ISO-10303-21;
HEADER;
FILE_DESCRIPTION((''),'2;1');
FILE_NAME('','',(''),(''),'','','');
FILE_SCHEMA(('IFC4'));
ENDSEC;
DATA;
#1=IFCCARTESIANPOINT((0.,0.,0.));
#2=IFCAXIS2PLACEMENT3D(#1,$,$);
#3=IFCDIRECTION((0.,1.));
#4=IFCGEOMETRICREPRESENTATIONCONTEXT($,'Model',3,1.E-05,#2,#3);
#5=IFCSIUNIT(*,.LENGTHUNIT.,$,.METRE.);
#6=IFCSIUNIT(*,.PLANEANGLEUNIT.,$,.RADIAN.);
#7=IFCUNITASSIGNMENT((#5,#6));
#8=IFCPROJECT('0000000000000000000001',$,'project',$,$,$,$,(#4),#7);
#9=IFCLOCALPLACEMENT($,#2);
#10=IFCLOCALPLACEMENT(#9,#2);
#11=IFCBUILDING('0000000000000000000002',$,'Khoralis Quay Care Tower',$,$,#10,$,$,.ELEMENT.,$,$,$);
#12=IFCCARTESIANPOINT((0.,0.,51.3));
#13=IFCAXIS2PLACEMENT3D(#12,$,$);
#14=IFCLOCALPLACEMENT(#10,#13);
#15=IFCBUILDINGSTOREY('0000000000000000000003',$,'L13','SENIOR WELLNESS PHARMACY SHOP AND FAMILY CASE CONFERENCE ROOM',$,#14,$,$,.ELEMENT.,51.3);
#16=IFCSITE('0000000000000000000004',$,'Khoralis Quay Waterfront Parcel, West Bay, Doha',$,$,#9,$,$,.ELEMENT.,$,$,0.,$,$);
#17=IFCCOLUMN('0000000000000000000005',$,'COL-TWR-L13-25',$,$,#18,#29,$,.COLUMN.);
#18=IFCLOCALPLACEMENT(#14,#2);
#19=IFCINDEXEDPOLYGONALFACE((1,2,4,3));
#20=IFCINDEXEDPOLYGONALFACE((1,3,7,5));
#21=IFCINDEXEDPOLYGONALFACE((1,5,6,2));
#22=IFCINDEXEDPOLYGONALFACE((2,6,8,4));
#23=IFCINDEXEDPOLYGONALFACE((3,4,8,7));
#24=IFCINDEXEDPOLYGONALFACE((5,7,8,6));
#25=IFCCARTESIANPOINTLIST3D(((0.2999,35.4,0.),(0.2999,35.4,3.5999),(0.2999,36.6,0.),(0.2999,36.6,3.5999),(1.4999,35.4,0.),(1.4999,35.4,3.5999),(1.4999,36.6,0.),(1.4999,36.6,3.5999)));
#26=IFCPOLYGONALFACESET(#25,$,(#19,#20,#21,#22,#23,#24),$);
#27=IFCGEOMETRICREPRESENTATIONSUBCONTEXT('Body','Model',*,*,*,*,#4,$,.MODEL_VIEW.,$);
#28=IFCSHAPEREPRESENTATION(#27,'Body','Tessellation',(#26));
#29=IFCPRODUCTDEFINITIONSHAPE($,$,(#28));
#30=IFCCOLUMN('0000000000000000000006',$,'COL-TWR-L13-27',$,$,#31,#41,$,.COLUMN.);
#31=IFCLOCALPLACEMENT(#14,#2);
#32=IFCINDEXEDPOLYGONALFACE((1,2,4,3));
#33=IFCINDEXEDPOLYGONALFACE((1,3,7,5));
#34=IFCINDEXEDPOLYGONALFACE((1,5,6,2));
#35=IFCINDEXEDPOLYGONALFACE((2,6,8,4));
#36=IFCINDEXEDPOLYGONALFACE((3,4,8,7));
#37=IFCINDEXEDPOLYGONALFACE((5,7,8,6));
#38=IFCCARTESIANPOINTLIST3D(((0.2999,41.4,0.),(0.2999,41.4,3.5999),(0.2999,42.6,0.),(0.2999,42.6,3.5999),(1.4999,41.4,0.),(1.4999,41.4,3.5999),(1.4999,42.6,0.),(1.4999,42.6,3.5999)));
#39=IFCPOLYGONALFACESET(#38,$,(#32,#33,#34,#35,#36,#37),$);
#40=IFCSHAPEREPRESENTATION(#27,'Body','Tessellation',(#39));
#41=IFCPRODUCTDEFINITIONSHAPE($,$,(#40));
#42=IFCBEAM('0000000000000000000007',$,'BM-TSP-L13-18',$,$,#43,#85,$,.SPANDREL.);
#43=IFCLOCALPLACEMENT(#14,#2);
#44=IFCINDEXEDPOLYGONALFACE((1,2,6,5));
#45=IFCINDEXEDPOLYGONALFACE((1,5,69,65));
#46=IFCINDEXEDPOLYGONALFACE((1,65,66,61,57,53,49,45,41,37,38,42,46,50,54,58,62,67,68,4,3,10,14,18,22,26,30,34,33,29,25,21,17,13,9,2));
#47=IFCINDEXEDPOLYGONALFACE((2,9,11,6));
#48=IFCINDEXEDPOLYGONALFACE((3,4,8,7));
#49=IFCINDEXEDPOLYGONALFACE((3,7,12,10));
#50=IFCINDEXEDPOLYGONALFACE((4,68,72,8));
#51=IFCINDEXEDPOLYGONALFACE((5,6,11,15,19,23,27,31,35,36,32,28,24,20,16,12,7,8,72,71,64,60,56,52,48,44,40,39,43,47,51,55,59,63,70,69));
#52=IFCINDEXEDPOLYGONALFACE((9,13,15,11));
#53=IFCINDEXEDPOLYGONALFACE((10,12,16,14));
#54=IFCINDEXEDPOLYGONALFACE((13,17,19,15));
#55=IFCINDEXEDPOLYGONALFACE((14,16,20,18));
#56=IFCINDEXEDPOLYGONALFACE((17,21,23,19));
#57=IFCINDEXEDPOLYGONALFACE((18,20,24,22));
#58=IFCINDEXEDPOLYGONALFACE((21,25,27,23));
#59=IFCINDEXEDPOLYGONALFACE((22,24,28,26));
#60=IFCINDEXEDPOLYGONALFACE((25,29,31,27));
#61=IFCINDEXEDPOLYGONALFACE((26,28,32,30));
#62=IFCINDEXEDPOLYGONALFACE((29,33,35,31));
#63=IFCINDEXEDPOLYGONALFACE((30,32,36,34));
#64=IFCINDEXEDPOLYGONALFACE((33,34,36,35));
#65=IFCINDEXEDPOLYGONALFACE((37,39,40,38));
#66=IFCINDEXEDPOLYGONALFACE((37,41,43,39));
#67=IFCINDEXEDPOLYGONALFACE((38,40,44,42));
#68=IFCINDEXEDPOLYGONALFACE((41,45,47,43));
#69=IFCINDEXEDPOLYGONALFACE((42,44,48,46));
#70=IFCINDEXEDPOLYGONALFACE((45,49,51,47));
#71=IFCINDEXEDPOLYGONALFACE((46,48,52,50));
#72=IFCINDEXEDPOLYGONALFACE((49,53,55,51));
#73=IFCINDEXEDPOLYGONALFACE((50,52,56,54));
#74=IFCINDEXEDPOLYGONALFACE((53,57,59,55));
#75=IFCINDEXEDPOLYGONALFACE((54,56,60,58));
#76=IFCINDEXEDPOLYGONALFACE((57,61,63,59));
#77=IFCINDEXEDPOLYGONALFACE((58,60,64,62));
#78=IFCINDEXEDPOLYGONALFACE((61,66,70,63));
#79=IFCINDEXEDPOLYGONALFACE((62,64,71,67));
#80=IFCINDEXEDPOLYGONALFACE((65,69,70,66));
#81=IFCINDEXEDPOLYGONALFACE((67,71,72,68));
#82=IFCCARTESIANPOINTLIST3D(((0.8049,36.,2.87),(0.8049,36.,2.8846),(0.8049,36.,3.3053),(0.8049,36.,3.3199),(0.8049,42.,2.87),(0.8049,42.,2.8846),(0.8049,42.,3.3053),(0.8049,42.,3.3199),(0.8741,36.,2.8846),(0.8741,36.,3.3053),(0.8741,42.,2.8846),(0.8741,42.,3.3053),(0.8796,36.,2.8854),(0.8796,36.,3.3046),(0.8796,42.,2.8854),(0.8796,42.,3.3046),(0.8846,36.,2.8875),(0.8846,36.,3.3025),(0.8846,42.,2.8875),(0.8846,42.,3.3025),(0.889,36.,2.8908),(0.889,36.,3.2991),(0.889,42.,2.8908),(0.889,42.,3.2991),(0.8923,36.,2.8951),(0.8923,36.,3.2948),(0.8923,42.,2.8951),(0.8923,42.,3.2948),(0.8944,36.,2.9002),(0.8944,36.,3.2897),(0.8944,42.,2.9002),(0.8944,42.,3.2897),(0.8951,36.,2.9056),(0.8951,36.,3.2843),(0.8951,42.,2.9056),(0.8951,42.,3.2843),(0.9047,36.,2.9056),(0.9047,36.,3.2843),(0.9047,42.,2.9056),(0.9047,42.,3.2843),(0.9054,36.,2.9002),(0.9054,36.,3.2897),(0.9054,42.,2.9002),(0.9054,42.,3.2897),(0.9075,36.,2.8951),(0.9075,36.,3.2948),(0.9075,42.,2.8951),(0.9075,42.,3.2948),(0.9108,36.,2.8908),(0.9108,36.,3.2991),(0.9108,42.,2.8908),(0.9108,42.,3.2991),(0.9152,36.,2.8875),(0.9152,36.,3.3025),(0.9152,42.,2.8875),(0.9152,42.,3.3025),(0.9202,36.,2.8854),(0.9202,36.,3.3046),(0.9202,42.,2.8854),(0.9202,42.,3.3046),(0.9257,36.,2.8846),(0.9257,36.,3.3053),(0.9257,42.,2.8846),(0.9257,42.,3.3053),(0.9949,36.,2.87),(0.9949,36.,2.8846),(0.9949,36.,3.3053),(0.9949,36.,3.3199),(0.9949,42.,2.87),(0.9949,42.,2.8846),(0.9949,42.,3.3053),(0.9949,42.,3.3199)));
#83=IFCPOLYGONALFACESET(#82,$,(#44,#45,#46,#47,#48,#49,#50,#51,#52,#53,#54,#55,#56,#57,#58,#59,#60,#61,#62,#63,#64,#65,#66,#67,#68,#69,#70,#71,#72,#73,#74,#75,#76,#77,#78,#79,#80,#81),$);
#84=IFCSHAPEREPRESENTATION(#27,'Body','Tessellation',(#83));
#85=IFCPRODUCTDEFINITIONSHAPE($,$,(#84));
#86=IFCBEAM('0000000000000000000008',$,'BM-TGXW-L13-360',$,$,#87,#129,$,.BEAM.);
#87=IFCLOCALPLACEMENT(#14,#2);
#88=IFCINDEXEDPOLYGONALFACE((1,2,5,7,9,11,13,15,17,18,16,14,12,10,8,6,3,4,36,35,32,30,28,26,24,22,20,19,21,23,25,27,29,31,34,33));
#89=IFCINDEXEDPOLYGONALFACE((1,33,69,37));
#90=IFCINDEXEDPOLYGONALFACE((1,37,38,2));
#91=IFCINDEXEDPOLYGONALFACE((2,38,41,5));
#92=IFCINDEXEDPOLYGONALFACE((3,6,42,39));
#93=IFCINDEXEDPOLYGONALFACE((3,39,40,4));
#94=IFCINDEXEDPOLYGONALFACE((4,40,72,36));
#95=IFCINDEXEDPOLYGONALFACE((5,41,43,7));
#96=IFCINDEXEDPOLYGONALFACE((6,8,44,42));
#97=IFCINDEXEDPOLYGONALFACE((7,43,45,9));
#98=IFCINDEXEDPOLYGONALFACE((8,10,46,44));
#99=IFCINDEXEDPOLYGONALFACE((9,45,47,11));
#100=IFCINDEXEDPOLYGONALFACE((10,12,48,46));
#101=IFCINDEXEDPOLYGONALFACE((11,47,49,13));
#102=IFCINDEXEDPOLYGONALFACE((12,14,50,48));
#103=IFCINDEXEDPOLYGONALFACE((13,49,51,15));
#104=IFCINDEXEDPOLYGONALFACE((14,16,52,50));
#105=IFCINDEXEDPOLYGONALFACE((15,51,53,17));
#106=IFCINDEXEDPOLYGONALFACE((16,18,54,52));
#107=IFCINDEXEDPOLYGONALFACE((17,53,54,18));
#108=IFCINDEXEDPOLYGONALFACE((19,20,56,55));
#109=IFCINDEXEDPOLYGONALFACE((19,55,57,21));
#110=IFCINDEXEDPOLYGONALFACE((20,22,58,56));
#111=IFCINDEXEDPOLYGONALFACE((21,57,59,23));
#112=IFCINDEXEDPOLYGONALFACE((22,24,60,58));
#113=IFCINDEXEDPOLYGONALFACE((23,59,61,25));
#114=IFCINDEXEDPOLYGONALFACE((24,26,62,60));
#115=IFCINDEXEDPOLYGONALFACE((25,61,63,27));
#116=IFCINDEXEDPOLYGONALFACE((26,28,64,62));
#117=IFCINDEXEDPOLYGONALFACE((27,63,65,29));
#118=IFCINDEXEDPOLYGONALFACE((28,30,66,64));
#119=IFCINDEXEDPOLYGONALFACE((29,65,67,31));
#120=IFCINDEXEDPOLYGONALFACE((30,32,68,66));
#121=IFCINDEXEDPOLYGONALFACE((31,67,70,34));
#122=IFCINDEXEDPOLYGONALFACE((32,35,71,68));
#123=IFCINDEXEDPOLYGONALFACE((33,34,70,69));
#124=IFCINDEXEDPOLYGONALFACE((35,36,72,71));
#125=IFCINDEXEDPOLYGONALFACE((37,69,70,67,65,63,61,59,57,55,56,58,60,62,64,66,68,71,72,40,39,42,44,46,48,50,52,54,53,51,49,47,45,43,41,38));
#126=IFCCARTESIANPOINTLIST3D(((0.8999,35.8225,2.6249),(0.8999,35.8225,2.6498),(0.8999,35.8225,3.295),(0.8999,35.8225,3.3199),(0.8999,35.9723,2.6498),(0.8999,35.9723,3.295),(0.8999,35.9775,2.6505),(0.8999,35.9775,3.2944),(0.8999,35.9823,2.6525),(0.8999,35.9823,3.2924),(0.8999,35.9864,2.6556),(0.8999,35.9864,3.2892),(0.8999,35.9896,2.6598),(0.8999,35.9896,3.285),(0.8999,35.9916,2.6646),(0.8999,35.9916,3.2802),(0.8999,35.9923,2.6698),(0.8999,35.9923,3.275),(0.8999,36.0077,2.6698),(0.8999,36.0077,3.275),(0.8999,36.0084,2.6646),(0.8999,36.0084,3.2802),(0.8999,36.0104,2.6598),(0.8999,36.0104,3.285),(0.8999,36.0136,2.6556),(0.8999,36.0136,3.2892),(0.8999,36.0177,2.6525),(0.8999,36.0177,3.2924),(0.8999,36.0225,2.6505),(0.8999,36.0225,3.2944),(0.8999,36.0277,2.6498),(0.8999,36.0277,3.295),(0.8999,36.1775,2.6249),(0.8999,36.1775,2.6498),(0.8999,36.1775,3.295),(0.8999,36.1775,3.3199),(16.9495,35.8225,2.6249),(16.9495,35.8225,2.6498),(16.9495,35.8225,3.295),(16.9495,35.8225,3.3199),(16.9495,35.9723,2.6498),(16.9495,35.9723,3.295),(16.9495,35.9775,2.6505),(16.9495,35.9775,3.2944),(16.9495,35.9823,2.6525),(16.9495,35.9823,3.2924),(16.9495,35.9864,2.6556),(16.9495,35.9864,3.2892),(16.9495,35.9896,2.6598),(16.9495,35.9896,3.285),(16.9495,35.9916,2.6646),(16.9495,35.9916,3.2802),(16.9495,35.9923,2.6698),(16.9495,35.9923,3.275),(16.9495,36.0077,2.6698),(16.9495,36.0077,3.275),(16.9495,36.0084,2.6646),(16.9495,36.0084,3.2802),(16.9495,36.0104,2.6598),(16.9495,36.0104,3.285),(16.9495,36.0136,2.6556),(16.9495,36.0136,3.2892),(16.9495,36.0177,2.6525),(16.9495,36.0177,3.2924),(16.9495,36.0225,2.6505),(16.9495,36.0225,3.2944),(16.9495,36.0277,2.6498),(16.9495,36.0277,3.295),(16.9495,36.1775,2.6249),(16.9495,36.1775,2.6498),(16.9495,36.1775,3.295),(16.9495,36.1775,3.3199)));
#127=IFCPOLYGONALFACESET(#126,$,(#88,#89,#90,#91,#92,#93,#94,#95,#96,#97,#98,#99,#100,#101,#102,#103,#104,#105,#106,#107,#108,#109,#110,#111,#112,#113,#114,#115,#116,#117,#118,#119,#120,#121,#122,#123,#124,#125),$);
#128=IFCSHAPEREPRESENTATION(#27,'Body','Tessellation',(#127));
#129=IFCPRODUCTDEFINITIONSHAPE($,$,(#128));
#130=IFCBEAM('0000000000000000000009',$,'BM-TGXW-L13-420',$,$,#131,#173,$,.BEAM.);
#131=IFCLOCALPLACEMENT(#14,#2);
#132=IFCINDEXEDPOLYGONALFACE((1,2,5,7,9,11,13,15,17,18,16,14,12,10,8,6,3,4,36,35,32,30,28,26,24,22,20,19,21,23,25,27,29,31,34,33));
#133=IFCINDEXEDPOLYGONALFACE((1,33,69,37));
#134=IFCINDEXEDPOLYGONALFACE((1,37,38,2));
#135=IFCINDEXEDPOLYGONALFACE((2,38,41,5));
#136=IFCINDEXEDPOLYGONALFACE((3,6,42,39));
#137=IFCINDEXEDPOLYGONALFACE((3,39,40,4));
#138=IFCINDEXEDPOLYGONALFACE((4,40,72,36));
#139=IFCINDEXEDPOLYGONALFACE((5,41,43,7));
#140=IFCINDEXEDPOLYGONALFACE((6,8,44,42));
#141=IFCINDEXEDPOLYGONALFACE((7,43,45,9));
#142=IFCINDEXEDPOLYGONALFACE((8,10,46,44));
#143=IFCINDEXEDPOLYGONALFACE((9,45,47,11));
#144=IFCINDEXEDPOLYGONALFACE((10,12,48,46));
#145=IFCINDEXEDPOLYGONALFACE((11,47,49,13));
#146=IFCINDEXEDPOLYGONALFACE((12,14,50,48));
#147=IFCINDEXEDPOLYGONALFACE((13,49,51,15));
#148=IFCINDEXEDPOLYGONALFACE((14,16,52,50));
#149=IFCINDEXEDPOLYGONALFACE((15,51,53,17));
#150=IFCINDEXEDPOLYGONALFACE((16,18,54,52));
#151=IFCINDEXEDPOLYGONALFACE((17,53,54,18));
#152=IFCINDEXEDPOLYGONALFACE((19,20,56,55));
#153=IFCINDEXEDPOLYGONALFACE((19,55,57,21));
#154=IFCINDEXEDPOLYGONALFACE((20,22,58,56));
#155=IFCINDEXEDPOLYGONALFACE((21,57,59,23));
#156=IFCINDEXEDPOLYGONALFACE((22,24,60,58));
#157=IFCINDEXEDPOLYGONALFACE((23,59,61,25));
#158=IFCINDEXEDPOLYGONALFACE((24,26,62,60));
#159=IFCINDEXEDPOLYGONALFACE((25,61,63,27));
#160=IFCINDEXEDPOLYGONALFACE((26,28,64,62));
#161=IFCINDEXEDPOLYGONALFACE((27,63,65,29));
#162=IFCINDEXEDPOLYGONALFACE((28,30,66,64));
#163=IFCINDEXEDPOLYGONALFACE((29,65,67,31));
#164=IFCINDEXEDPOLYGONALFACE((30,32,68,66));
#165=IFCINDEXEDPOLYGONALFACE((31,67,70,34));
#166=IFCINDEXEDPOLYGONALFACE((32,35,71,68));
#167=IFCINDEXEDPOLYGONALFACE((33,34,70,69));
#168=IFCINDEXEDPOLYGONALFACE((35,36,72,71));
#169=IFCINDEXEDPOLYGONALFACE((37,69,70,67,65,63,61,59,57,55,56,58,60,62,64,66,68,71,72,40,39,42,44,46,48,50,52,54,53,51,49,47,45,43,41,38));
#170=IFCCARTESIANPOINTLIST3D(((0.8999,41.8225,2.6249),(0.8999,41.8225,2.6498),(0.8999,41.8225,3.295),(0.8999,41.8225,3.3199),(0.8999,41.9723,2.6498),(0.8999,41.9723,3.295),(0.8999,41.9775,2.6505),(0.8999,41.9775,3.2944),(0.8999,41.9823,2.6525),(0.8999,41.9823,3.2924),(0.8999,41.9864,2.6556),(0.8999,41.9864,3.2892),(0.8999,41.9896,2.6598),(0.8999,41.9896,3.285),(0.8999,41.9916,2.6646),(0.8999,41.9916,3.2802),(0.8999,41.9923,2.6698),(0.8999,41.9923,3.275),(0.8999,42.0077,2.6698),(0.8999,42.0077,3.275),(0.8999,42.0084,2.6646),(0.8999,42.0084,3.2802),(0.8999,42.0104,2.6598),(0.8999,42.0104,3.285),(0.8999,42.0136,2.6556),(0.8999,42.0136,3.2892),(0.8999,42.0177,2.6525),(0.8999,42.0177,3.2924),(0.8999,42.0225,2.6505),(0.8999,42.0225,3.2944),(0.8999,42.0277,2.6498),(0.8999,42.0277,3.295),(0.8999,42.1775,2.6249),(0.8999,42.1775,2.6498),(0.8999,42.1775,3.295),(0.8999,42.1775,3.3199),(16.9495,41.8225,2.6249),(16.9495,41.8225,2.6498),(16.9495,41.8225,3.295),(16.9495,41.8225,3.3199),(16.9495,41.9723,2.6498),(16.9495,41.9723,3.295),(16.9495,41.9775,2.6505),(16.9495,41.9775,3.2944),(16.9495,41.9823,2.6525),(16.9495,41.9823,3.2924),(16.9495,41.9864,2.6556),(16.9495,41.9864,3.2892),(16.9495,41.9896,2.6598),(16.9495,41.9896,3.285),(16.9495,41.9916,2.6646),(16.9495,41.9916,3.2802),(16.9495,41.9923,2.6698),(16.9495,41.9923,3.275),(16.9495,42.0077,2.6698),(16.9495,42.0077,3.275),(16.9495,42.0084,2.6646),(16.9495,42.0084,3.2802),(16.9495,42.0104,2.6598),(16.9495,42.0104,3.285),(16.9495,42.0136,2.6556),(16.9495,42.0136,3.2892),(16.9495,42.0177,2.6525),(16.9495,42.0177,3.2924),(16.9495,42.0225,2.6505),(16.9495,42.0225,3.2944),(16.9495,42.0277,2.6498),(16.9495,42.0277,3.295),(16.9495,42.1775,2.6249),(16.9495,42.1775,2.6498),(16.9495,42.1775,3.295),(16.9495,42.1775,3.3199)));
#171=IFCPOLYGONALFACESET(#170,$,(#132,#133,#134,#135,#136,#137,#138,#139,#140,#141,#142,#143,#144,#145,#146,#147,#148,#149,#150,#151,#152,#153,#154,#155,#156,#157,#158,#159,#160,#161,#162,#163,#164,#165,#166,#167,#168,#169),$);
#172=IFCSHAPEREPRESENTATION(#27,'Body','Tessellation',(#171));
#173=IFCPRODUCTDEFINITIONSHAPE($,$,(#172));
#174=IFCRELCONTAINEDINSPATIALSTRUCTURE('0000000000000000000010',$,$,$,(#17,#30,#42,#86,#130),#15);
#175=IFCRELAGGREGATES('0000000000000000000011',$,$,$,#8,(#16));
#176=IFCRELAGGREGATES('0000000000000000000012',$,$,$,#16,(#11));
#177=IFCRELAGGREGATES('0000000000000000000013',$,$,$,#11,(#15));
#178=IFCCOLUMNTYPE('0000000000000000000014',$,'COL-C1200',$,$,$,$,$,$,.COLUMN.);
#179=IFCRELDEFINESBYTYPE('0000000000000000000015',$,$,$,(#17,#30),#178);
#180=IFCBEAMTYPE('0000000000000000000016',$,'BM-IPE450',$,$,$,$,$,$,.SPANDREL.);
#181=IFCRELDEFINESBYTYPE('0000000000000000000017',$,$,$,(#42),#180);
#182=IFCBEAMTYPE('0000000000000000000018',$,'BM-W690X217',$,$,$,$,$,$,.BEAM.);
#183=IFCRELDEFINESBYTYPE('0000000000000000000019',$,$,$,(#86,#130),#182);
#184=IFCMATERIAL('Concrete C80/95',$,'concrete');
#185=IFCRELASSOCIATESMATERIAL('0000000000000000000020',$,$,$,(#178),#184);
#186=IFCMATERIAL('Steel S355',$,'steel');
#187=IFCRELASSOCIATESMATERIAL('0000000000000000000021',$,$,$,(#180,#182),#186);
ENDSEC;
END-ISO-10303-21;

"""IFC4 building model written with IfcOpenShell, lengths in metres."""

from ifc_helpers import new_model, si_unit, direction, frame, origin, origin_2d, place, context, subcontext, project, spatial, rectangle, i_section, extrude, source, transform, mapped, material, material_profile, profile_set, type_object, element, save


model = new_model("IFC4")

# Units and contexts
model_context = context("Model", 3, precision=1e-05, world=origin(), true_north=direction((0.0, 1.0)))
body_context = subcontext(model_context, "Body", "Model", "MODEL_VIEW")
ifc_project = project(units=[si_unit("LENGTHUNIT", "METRE"), si_unit("PLANEANGLEUNIT", "RADIAN")], contexts=[model_context])

# Site, building, storey
site_placement = place(None, origin())
site = spatial("IfcSite", under=ifc_project, at=site_placement, Name="Khoralis Quay Waterfront Parcel, West Bay, Doha", CompositionType="ELEMENT", RefElevation=0.0)
building_placement = place(site_placement, origin())
building = spatial("IfcBuilding", under=site, at=building_placement, Name="Khoralis Quay Care Tower", CompositionType="ELEMENT")
storey_placement = place(building_placement, frame((0.0, 0.0, 51.3)))
storey = spatial("IfcBuildingStorey", under=building, at=storey_placement, Name="L13", Description="SENIOR WELLNESS PHARMACY SHOP AND FAMILY CASE CONFERENCE ROOM", CompositionType="ELEMENT", Elevation=51.3)

# Columns
ifc_material_1 = material(Name="Concrete C80/95", Category="concrete")
ifc_material_profile_1 = material_profile(ifc_material_1, rectangle(XDim=1.2, YDim=1.2, at=origin_2d()), Name="Concrete C80/95")
ifc_profile_set_1 = profile_set([ifc_material_profile_1], Name="Concrete C80/95")
column_type = type_object("IfcColumnType", Name="COL-C1200", PredefinedType="COLUMN", material=ifc_profile_set_1)
shared_shape_1 = source(origin(), body_context, "Body", "SweptSolid", [
    extrude(rectangle(XDim=1.2, YDim=1.2, at=origin_2d()), origin(), (0.0, 0.0, 1.0), 3.5999),
])
for number, where, z_axis, x_axis, name in (
    (1, (0.8999, 36.0, 0.0), (0.0, 0.0, 1.0), (1.0, 0.0, 0.0), "COL-TWR-L13-25"),
    (2, (0.8999, 42.0, 0.0), (0.0, 0.0, 1.0), (1.0, 0.0, 0.0), "COL-TWR-L13-27"),
):
    element("IfcColumn", number, at=place(storey_placement, frame(where, z_axis=z_axis, x_axis=x_axis)), inside=storey, type_object=column_type, Name=name, PredefinedType="COLUMN", context=body_context, shape_type="MappedRepresentation", body=[
        mapped(shared_shape_1, transform((0.0, 0.0, 0.0), scale=1.0)),
    ])

# Beams
ifc_material_2 = material(Name="Steel S355", Category="steel")
ifc_material_profile_2 = material_profile(ifc_material_2, i_section(OverallWidth=0.1899, OverallDepth=0.45, WebThickness=0.0095, FlangeThickness=0.0146, FilletRadius=0.021, at=origin_2d()), Name="Steel S355")
ifc_profile_set_2 = profile_set([ifc_material_profile_2], Name="Steel S355")
beam_type_1 = type_object("IfcBeamType", Name="BM-IPE450", PredefinedType="SPANDREL", material=ifc_profile_set_2)
shared_shape_2 = source(origin(), body_context, "Body", "SweptSolid", [
    extrude(i_section(OverallWidth=0.1899, OverallDepth=0.45, WebThickness=0.0095, FlangeThickness=0.0146, FilletRadius=0.021, at=origin_2d()), origin(), (0.0, 0.0, 1.0), 6.0),
])
beam_1_placement = place(storey_placement, frame((0.8999, 36.0, 3.095), z_axis=(0.0, 1.0, 0.0), x_axis=(-1.0, 0.0, 0.0)))
element("IfcBeam", 3, at=beam_1_placement, inside=storey, type_object=beam_type_1, Name="BM-TSP-L13-18", PredefinedType="SPANDREL", context=body_context, shape_type="MappedRepresentation", body=[
    mapped(shared_shape_2, transform((0.0, 0.0, 0.0), scale=1.0)),
])
ifc_material_profile_3 = material_profile(ifc_material_2, i_section(OverallWidth=0.355, OverallDepth=0.6951, WebThickness=0.0154, FlangeThickness=0.0249, FilletRadius=0.02, at=origin_2d()), Name="Steel S355")
ifc_profile_set_3 = profile_set([ifc_material_profile_3], Name="Steel S355")
beam_type_2 = type_object("IfcBeamType", Name="BM-W690X217", PredefinedType="BEAM", material=ifc_profile_set_3)
shared_shape_3 = source(origin(), body_context, "Body", "SweptSolid", [
    extrude(i_section(OverallWidth=0.355, OverallDepth=0.6951, WebThickness=0.0154, FlangeThickness=0.0249, FilletRadius=0.02, at=origin_2d()), origin(), (0.0, 0.0, 1.0), 16.0496),
])
for number, where, z_axis, x_axis, name in (
    (4, (0.8999, 36.0, 2.9724), (1.0, 0.0, 0.0), (0.0, 1.0, 0.0), "BM-TGXW-L13-360"),
    (5, (0.8999, 42.0, 2.9724), (1.0, 0.0, 0.0), (0.0, 1.0, 0.0), "BM-TGXW-L13-420"),
):
    element("IfcBeam", number, at=place(storey_placement, frame(where, z_axis=z_axis, x_axis=x_axis)), inside=storey, type_object=beam_type_2, Name=name, PredefinedType="BEAM", context=body_context, shape_type="MappedRepresentation", body=[
        mapped(shared_shape_3, transform((0.0, 0.0, 0.0), scale=1.0)),
    ])

save(model, "model.ifc")
